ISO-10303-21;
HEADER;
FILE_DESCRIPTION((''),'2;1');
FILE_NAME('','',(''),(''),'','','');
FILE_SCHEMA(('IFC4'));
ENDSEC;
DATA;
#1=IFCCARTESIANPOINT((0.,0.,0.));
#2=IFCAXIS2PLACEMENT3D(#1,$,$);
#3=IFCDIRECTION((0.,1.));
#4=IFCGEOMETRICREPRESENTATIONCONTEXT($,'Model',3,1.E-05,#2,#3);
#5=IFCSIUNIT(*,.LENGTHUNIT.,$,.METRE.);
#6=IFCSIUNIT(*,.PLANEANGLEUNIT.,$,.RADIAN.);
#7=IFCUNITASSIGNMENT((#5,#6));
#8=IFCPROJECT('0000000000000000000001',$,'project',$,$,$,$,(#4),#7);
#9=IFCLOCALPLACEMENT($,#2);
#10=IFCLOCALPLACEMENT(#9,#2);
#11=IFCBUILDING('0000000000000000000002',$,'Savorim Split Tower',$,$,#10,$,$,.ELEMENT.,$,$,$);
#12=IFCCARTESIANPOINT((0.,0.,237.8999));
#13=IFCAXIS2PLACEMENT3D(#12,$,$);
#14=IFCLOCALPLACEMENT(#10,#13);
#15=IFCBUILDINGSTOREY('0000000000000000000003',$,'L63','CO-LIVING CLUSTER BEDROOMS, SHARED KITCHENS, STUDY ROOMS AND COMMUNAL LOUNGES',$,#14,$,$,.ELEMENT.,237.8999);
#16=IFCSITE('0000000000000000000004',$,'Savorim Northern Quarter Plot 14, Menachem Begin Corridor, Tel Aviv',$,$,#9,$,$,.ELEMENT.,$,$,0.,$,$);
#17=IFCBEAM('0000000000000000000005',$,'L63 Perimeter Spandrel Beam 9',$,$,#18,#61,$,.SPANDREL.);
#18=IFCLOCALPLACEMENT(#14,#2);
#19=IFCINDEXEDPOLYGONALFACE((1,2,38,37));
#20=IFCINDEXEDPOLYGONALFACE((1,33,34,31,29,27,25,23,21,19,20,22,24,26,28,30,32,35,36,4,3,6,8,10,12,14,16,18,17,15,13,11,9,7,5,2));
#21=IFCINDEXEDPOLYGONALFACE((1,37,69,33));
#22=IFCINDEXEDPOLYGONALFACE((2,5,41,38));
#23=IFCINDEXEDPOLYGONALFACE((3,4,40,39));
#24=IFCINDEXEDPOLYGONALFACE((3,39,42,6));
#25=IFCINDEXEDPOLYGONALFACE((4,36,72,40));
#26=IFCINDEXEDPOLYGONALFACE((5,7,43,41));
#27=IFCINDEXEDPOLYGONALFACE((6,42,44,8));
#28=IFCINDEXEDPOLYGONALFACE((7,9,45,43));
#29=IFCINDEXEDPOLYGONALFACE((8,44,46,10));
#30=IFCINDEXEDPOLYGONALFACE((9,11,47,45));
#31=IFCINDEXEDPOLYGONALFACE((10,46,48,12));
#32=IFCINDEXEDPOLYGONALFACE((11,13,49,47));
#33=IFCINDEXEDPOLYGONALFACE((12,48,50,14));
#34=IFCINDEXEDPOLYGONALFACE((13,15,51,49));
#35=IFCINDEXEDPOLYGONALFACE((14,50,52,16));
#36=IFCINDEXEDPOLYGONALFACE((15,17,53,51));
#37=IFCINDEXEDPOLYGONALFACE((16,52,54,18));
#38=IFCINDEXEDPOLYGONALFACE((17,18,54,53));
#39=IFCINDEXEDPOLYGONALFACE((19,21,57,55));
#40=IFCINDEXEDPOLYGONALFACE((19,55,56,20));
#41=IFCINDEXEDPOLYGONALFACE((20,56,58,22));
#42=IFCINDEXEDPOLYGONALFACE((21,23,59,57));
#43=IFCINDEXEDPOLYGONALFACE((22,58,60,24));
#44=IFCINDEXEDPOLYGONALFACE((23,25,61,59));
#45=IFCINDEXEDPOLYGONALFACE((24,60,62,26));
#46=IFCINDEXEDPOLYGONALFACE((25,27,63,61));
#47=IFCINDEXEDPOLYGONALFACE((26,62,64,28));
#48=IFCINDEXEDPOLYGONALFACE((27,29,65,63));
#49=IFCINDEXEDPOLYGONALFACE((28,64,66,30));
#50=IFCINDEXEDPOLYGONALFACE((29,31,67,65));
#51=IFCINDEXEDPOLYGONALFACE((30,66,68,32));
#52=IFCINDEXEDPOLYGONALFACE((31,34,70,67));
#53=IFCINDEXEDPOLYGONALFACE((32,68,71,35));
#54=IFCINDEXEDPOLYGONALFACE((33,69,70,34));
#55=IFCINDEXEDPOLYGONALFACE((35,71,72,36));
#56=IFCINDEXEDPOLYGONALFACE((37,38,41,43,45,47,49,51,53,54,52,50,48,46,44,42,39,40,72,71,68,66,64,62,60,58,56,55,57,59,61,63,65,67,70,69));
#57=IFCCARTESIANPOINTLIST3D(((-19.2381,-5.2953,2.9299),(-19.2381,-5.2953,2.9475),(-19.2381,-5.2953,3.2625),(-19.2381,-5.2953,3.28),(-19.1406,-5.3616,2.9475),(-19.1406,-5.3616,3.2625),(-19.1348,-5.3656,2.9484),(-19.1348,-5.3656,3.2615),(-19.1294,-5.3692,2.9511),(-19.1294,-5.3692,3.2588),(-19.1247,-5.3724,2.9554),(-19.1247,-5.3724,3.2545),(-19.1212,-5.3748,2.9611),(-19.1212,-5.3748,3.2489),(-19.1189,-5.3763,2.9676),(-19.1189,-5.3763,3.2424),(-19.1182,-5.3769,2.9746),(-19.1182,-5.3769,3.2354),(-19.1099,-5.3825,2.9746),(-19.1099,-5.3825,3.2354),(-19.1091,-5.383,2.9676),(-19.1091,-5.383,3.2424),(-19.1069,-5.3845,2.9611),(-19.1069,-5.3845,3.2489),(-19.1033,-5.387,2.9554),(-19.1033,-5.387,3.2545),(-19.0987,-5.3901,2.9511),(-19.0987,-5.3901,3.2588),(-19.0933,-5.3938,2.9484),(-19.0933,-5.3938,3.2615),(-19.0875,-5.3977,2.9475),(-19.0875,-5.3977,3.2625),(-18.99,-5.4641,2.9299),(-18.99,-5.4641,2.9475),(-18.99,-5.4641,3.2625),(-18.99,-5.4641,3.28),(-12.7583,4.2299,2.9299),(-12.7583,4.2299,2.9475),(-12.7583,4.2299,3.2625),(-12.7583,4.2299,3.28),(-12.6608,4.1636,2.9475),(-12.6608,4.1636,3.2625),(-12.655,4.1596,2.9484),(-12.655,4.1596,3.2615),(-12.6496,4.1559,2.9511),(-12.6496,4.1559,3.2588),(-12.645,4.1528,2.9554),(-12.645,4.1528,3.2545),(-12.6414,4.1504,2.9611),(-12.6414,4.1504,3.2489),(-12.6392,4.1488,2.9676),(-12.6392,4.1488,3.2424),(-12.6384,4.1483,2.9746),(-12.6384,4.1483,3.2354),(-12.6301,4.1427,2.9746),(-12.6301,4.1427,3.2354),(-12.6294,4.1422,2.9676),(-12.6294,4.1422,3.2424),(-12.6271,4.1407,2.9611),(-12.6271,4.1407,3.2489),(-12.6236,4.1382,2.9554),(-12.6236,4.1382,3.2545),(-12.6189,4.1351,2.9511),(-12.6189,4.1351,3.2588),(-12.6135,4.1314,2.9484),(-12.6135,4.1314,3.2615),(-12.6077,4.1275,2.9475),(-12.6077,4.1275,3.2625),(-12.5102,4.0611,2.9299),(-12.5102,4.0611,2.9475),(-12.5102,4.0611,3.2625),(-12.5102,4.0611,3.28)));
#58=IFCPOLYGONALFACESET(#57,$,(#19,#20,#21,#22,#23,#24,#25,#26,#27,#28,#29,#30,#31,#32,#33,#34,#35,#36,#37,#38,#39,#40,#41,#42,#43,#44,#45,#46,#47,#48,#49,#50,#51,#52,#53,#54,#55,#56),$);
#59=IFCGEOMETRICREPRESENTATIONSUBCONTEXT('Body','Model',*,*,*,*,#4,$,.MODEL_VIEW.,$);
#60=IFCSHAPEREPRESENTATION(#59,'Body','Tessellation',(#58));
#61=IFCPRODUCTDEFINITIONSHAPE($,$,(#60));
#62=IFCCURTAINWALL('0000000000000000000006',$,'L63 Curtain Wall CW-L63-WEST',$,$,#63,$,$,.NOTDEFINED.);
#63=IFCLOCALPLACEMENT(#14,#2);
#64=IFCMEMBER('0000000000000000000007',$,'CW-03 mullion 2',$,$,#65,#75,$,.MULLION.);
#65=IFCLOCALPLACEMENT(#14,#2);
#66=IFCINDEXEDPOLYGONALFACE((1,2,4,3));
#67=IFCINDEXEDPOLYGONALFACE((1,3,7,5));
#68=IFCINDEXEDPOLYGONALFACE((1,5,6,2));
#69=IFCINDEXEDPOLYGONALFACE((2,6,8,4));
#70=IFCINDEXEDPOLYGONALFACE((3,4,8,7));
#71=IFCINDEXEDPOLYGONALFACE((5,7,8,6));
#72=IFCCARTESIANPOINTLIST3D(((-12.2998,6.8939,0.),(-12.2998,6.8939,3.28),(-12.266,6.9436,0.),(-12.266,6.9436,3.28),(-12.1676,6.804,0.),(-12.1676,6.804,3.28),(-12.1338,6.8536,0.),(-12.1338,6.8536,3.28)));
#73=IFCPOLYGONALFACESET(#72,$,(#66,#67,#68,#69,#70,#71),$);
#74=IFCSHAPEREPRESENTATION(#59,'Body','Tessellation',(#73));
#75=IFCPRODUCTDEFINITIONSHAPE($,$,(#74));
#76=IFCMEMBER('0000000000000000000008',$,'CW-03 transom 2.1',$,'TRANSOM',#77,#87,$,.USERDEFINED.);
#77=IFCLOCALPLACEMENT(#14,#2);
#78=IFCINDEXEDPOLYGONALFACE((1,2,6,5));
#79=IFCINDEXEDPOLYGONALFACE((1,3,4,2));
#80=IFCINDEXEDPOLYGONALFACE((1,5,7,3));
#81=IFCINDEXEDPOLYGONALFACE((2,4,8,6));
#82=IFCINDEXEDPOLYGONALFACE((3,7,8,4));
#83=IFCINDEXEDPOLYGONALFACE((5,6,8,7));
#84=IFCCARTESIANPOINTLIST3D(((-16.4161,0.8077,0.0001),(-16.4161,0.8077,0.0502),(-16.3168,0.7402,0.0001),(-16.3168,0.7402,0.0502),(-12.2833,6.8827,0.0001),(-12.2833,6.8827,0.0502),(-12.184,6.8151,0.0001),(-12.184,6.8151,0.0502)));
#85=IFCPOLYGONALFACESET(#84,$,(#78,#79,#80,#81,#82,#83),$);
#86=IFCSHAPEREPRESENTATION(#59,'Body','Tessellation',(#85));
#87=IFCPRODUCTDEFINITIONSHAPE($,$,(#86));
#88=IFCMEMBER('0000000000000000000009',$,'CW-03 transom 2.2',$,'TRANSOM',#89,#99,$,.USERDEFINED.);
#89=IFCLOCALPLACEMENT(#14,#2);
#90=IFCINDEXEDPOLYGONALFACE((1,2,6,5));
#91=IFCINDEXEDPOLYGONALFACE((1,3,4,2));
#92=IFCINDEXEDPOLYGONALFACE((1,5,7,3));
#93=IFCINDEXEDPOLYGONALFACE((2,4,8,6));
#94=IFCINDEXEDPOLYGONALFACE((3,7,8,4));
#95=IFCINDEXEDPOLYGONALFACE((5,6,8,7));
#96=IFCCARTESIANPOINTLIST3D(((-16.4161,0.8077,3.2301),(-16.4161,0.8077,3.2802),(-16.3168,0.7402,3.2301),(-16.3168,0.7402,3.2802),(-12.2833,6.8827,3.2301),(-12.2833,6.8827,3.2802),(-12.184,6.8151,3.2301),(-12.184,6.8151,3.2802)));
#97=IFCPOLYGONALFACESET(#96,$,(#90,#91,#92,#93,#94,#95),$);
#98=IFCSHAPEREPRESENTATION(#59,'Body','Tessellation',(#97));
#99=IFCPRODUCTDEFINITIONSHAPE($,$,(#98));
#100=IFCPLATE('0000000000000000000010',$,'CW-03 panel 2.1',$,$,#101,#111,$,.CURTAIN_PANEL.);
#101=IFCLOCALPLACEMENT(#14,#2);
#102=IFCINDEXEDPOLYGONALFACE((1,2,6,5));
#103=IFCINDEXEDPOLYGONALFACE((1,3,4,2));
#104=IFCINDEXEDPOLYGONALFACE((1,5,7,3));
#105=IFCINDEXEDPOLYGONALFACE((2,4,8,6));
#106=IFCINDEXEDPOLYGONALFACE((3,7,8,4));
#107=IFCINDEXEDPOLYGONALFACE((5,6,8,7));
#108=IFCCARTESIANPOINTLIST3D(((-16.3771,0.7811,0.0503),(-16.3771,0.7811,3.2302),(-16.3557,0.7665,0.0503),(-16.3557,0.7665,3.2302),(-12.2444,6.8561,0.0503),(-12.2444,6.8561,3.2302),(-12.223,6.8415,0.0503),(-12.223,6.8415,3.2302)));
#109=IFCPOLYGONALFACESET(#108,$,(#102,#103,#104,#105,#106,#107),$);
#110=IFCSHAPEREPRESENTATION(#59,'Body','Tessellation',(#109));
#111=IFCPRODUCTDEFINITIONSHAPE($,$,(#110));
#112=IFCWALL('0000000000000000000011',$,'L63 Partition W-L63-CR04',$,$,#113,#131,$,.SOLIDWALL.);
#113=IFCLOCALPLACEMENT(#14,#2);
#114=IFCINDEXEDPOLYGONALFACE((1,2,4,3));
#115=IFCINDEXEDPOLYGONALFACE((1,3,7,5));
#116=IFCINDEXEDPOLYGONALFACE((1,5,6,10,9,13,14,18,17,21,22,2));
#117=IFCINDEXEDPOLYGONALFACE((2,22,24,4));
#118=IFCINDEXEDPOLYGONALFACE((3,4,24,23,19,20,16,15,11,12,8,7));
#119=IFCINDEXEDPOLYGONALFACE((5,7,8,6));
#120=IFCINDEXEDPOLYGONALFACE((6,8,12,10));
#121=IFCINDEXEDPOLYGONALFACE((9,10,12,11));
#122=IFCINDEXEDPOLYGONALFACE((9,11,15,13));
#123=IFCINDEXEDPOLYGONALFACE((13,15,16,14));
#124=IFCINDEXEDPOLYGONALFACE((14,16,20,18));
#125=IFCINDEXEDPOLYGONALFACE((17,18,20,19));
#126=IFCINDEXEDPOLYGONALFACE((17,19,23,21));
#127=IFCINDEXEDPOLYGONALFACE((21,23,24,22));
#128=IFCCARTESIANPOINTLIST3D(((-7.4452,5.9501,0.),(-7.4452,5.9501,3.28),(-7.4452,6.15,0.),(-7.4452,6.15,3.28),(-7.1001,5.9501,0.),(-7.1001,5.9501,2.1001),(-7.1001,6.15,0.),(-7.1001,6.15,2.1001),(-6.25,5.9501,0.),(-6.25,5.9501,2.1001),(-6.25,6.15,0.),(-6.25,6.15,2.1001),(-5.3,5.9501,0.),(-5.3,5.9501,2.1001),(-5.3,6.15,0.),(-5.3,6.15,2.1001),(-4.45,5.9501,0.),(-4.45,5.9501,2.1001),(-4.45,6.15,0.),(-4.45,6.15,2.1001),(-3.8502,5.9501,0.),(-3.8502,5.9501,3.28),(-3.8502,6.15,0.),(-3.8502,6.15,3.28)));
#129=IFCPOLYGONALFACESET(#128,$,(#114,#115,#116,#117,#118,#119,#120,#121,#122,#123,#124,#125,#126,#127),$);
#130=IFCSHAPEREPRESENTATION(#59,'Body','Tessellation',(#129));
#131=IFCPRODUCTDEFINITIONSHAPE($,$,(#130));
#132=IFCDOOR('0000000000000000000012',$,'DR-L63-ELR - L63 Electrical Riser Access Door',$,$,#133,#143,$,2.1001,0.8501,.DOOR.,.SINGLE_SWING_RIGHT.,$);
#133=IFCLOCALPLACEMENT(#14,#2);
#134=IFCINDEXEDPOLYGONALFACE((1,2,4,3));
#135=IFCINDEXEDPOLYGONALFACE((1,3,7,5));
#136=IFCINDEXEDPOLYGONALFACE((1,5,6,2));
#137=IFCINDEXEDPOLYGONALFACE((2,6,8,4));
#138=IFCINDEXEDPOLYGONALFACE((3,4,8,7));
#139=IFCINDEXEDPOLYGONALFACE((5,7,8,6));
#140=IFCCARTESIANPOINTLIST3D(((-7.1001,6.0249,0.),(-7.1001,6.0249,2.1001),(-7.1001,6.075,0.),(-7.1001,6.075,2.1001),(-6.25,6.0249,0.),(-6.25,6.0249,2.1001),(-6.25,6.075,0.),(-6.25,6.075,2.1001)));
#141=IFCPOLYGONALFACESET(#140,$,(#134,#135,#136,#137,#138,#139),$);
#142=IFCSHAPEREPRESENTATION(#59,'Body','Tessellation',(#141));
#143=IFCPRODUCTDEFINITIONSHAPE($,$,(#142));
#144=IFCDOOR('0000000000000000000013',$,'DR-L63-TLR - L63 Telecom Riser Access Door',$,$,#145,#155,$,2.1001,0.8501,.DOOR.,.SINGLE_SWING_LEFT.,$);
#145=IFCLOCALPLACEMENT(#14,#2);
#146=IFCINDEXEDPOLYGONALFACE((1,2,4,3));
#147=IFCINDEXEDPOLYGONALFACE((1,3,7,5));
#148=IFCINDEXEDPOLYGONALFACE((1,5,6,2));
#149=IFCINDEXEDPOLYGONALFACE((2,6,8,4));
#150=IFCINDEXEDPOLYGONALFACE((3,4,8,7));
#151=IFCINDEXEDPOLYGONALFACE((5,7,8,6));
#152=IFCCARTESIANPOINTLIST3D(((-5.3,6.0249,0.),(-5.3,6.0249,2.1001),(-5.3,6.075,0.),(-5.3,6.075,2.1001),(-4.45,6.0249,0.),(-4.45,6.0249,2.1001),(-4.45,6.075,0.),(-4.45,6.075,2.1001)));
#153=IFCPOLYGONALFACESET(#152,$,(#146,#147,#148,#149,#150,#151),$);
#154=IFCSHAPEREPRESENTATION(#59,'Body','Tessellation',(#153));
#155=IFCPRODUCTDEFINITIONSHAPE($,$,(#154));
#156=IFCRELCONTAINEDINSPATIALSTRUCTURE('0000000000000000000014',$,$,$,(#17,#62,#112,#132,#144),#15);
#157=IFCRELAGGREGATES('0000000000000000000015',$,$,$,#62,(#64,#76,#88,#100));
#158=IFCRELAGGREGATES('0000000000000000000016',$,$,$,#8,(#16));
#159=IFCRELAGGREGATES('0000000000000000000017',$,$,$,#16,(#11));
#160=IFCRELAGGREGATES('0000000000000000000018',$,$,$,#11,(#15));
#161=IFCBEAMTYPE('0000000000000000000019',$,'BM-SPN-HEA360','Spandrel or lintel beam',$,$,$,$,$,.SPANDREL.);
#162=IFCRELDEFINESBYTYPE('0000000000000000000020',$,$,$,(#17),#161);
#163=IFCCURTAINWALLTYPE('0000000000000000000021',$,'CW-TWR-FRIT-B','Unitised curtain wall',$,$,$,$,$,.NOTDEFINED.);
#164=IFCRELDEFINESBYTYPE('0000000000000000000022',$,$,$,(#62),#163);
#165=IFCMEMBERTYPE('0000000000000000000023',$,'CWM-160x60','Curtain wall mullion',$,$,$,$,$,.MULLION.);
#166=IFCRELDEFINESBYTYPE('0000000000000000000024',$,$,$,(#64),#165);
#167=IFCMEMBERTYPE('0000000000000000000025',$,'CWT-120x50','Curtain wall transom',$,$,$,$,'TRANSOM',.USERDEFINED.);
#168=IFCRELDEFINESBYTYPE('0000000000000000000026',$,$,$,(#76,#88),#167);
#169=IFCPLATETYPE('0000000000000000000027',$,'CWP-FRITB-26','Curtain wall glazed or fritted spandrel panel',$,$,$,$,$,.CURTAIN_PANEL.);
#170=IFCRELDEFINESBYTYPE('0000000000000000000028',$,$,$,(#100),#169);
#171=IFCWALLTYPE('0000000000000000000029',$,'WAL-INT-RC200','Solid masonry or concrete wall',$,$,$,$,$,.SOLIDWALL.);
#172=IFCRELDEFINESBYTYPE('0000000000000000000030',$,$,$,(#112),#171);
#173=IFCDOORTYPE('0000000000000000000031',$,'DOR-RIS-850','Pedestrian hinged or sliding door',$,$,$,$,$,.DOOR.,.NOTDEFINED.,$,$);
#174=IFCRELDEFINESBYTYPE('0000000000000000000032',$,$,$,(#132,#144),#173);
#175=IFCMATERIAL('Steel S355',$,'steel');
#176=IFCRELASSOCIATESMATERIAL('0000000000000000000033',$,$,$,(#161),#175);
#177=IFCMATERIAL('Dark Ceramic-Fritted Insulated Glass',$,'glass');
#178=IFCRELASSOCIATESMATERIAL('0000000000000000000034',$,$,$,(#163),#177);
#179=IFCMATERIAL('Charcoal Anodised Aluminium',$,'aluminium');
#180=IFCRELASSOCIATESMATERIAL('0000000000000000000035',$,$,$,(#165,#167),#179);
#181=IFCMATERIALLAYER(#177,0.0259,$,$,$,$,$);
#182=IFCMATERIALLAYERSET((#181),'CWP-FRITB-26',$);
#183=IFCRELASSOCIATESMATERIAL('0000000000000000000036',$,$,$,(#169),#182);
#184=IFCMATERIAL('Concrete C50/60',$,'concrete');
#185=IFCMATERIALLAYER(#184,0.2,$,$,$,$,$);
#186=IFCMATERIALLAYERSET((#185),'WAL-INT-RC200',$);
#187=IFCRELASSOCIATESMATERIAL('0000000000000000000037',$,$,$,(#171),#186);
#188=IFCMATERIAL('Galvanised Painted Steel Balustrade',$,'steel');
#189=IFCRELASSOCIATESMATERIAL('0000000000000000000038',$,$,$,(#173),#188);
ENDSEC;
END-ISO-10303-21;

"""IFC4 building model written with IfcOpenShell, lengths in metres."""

from ifc_helpers import new_model, si_unit, direction, frame, frame_2d, origin, origin_2d, place, context, subcontext, project, spatial, rectangle, i_section, extrude, material, layer, layer_set, material_profile, profile_set, type_object, element, fill, aggregate, save


model = new_model("IFC4")

# Units and contexts
model_context = context("Model", 3, precision=1e-05, world=origin(), true_north=direction((0.0, 1.0)))
body_context = subcontext(model_context, "Body", "Model", "MODEL_VIEW")
ifc_project = project(units=[si_unit("LENGTHUNIT", "METRE"), si_unit("PLANEANGLEUNIT", "RADIAN")], contexts=[model_context])

# Site, building, storey
site_placement = place(None, origin())
site = spatial("IfcSite", under=ifc_project, at=site_placement, Name="Savorim Northern Quarter Plot 14, Menachem Begin Corridor, Tel Aviv", CompositionType="ELEMENT", RefElevation=0.0)
building_placement = place(site_placement, origin())
building = spatial("IfcBuilding", under=site, at=building_placement, Name="Savorim Split Tower", CompositionType="ELEMENT")
storey_placement = place(building_placement, frame((0.0, 0.0, 237.8999)))
storey = spatial("IfcBuildingStorey", under=building, at=storey_placement, Name="L63", Description="CO-LIVING CLUSTER BEDROOMS, SHARED KITCHENS, STUDY ROOMS AND COMMUNAL LOUNGES", CompositionType="ELEMENT", Elevation=237.8999)

# Shared definitions
ifc_material_1 = material(Name="Steel S355", Category="steel")

# Beam
ifc_material_profile_1 = material_profile(ifc_material_1, i_section(OverallWidth=0.3, OverallDepth=0.3501, WebThickness=0.01, FlangeThickness=0.0176, FilletRadius=0.0271, at=origin_2d()), Name="HEA 360")
ifc_profile_set_1 = profile_set([ifc_material_profile_1], Name="Steel S355")
beam_type_1 = type_object("IfcBeamType", Name="BM-SPN-HEA360", Description="Spandrel or lintel beam", PredefinedType="SPANDREL", material=ifc_profile_set_1)
beam_1_placement = place(storey_placement, frame((-12.6343, 4.1455, 3.105), z_axis=(-0.562467, -0.82682, 0.0), x_axis=(0.82682, -0.562467, 0.0)))
element("IfcBeam", 1, at=beam_1_placement, inside=storey, type_object=beam_type_1, Name="L63 Perimeter Spandrel Beam 9", PredefinedType="SPANDREL", context=body_context, shape_type="SweptSolid", body=[
    extrude(i_section(OverallWidth=0.3, OverallDepth=0.3501, WebThickness=0.01, FlangeThickness=0.0176, FilletRadius=0.0271, at=origin_2d()), origin(), (0.0, 0.0, 1.0), 11.5203),
])

# Curtain wall, members, plate
ifc_material_2 = material(Name="Dark Ceramic-Fritted Insulated Glass", Category="glass")
curtain_wall_type = type_object("IfcCurtainWallType", Name="CW-TWR-FRIT-B", Description="Unitised curtain wall", PredefinedType="NOTDEFINED", material=ifc_material_2)
curtain_wall_placement = place(storey_placement, origin())
curtain_wall = element("IfcCurtainWall", 2, at=curtain_wall_placement, inside=storey, type_object=curtain_wall_type, Name="L63 Curtain Wall CW-L63-WEST", PredefinedType="NOTDEFINED")
ifc_material_3 = material(Name="Charcoal Anodised Aluminium", Category="aluminium")
ifc_material_profile_2 = material_profile(ifc_material_3, rectangle(XDim=0.1599, YDim=0.0601, at=origin_2d()), Name="ALU-M 160x60")
ifc_profile_set_2 = profile_set([ifc_material_profile_2], Name="Charcoal Anodised Aluminium")
member_type_1 = type_object("IfcMemberType", Name="CWM-160x60", Description="Curtain wall mullion", PredefinedType="MULLION", material=ifc_profile_set_2)
member_1_placement = place(storey_placement, frame((-12.2168, 6.8738, 0.0), z_axis=(0.0, 0.0, 1.0), x_axis=(0.82682, -0.562467, 0.0)))
member_1 = element("IfcMember", 3, at=member_1_placement, type_object=member_type_1, Name="CW-03 mullion 2", PredefinedType="MULLION", context=body_context, shape_type="SweptSolid", body=[
    extrude(rectangle(XDim=0.1599, YDim=0.0601, at=origin_2d()), origin(), (0.0, 0.0, 1.0), 3.28),
])
ifc_material_profile_3 = material_profile(ifc_material_3, rectangle(XDim=0.1201, YDim=0.05, at=origin_2d()), Name="ALU-T 120x50")
ifc_profile_set_3 = profile_set([ifc_material_profile_3], Name="Charcoal Anodised Aluminium")
member_type_2 = type_object("IfcMemberType", Name="CWT-120x50", Description="Curtain wall transom", ElementType="TRANSOM", PredefinedType="USERDEFINED", material=ifc_profile_set_3)
member_2_placement = place(storey_placement, frame((-12.2336, 6.8489, 0.0251), z_axis=(-0.562482, -0.82681, 0.0), x_axis=(0.82681, -0.562482, 0.0)))
member_2 = element("IfcMember", 4, at=member_2_placement, type_object=member_type_2, Name="CW-03 transom 2.1", ObjectType="TRANSOM", PredefinedType="USERDEFINED", context=body_context, shape_type="SweptSolid", body=[
    extrude(rectangle(XDim=0.1201, YDim=0.05, at=origin_2d()), origin(), (0.0, 0.0, 1.0), 7.3474),
])
member_3_placement = place(storey_placement, frame((-12.2336, 6.8489, 3.2551), z_axis=(-0.562482, -0.82681, 0.0), x_axis=(0.82681, -0.562482, 0.0)))
member_3 = element("IfcMember", 5, at=member_3_placement, type_object=member_type_2, Name="CW-03 transom 2.2", ObjectType="TRANSOM", PredefinedType="USERDEFINED", context=body_context, shape_type="SweptSolid", body=[
    extrude(rectangle(XDim=0.1201, YDim=0.05, at=origin_2d()), origin(), (0.0, 0.0, 1.0), 7.3474),
])
ifc_layer_1 = layer(ifc_material_2, 0.0259)
ifc_layer_set_1 = layer_set([ifc_layer_1], Name="CWP-FRITB-26")
plate_type = type_object("IfcPlateType", Name="CWP-FRITB-26", Description="Curtain wall glazed or fritted spandrel panel", PredefinedType="CURTAIN_PANEL", material=ifc_layer_set_1)
plate_placement = place(storey_placement, frame((-14.3, 3.8113, 0.0503), z_axis=(0.0, 0.0, 1.0), x_axis=(-0.562467, -0.82682, 0.0)))
plate = element("IfcPlate", 6, at=plate_placement, type_object=plate_type, Name="CW-03 panel 2.1", PredefinedType="CURTAIN_PANEL", context=body_context, shape_type="SweptSolid", body=[
    extrude(rectangle(XDim=7.3474, YDim=0.0259, at=origin_2d()), origin(), (0.0, 0.0, 1.0), 3.1799),
])
aggregate(curtain_wall, [member_1, member_2, member_3, plate])

# Wall, openings, doors
ifc_material_4 = material(Name="Concrete C50/60", Category="concrete")
ifc_layer_2 = layer(ifc_material_4, 0.2)
ifc_layer_set_2 = layer_set([ifc_layer_2], Name="WAL-INT-RC200")
wall_type_1 = type_object("IfcWallType", Name="WAL-INT-RC200", Description="Solid masonry or concrete wall", PredefinedType="SOLIDWALL", material=ifc_layer_set_2)
wall_1_placement = place(storey_placement, frame((-7.4451, 6.05, 0.0), z_axis=(0.0, 0.0, 1.0), x_axis=(1.0, 0.0, 0.0)))
wall_1 = element("IfcWall", 7, at=wall_1_placement, inside=storey, type_object=wall_type_1, Name="L63 Partition W-L63-CR04", PredefinedType="SOLIDWALL", context=body_context, shape_type="SweptSolid", body=[
    extrude(rectangle(XDim=3.595, YDim=0.2, at=frame_2d((1.7974, 0.0))), origin(), (0.0, 0.0, 1.0), 3.28),
])
opening_1_placement = place(wall_1_placement, frame((0.345, 0.0, 0.0)))
opening_1 = element("IfcOpeningElement", 8, at=opening_1_placement, cuts=wall_1, PredefinedType="OPENING", context=body_context, shape_type="SweptSolid", body=[
    extrude(rectangle(XDim=0.8501, YDim=2.1001, at=frame_2d((0.425, 1.05))), frame((0.0, 0.1099, 0.0), z_axis=(0.0, -1.0, 0.0), x_axis=(1.0, 0.0, 0.0)), (0.0, 0.0, 1.0), 0.22),
])
opening_2_placement = place(wall_1_placement, frame((2.145, 0.0, 0.0)))
opening_2 = element("IfcOpeningElement", 9, at=opening_2_placement, cuts=wall_1, PredefinedType="OPENING", context=body_context, shape_type="SweptSolid", body=[
    extrude(rectangle(XDim=0.8501, YDim=2.1001, at=frame_2d((0.425, 1.05))), frame((0.0, 0.1099, 0.0), z_axis=(0.0, -1.0, 0.0), x_axis=(1.0, 0.0, 0.0)), (0.0, 0.0, 1.0), 0.22),
])
ifc_material_5 = material(Name="Galvanised Painted Steel Balustrade", Category="steel")
door_type_1 = type_object("IfcDoorType", Name="DOR-RIS-850", Description="Pedestrian hinged or sliding door", OperationType="NOTDEFINED", PredefinedType="DOOR", material=ifc_material_5)
door_1_placement = place(opening_1_placement, origin())
door_1 = element("IfcDoor", 10, at=door_1_placement, inside=storey, type_object=door_type_1, Name="DR-L63-ELR - L63 Electrical Riser Access Door", OperationType="SINGLE_SWING_RIGHT", OverallHeight=2.1001, OverallWidth=0.8501, PredefinedType="DOOR", context=body_context, shape_type="SweptSolid", body=[
    extrude(rectangle(XDim=0.8501, YDim=2.1001, at=frame_2d((0.425, 1.05))), frame((0.0, 0.0249, 0.0), z_axis=(0.0, -1.0, 0.0), x_axis=(1.0, 0.0, 0.0)), (0.0, 0.0, 1.0), 0.05),
])
fill(opening_1, door_1)
door_2_placement = place(opening_2_placement, origin())
door_2 = element("IfcDoor", 11, at=door_2_placement, inside=storey, type_object=door_type_1, Name="DR-L63-TLR - L63 Telecom Riser Access Door", OperationType="SINGLE_SWING_LEFT", OverallHeight=2.1001, OverallWidth=0.8501, PredefinedType="DOOR", context=body_context, shape_type="SweptSolid", body=[
    extrude(rectangle(XDim=0.8501, YDim=2.1001, at=frame_2d((0.425, 1.05))), frame((0.0, 0.0249, 0.0), z_axis=(0.0, -1.0, 0.0), x_axis=(1.0, 0.0, 0.0)), (0.0, 0.0, 1.0), 0.05),
])
fill(opening_2, door_2)

save(model, "model.ifc")
